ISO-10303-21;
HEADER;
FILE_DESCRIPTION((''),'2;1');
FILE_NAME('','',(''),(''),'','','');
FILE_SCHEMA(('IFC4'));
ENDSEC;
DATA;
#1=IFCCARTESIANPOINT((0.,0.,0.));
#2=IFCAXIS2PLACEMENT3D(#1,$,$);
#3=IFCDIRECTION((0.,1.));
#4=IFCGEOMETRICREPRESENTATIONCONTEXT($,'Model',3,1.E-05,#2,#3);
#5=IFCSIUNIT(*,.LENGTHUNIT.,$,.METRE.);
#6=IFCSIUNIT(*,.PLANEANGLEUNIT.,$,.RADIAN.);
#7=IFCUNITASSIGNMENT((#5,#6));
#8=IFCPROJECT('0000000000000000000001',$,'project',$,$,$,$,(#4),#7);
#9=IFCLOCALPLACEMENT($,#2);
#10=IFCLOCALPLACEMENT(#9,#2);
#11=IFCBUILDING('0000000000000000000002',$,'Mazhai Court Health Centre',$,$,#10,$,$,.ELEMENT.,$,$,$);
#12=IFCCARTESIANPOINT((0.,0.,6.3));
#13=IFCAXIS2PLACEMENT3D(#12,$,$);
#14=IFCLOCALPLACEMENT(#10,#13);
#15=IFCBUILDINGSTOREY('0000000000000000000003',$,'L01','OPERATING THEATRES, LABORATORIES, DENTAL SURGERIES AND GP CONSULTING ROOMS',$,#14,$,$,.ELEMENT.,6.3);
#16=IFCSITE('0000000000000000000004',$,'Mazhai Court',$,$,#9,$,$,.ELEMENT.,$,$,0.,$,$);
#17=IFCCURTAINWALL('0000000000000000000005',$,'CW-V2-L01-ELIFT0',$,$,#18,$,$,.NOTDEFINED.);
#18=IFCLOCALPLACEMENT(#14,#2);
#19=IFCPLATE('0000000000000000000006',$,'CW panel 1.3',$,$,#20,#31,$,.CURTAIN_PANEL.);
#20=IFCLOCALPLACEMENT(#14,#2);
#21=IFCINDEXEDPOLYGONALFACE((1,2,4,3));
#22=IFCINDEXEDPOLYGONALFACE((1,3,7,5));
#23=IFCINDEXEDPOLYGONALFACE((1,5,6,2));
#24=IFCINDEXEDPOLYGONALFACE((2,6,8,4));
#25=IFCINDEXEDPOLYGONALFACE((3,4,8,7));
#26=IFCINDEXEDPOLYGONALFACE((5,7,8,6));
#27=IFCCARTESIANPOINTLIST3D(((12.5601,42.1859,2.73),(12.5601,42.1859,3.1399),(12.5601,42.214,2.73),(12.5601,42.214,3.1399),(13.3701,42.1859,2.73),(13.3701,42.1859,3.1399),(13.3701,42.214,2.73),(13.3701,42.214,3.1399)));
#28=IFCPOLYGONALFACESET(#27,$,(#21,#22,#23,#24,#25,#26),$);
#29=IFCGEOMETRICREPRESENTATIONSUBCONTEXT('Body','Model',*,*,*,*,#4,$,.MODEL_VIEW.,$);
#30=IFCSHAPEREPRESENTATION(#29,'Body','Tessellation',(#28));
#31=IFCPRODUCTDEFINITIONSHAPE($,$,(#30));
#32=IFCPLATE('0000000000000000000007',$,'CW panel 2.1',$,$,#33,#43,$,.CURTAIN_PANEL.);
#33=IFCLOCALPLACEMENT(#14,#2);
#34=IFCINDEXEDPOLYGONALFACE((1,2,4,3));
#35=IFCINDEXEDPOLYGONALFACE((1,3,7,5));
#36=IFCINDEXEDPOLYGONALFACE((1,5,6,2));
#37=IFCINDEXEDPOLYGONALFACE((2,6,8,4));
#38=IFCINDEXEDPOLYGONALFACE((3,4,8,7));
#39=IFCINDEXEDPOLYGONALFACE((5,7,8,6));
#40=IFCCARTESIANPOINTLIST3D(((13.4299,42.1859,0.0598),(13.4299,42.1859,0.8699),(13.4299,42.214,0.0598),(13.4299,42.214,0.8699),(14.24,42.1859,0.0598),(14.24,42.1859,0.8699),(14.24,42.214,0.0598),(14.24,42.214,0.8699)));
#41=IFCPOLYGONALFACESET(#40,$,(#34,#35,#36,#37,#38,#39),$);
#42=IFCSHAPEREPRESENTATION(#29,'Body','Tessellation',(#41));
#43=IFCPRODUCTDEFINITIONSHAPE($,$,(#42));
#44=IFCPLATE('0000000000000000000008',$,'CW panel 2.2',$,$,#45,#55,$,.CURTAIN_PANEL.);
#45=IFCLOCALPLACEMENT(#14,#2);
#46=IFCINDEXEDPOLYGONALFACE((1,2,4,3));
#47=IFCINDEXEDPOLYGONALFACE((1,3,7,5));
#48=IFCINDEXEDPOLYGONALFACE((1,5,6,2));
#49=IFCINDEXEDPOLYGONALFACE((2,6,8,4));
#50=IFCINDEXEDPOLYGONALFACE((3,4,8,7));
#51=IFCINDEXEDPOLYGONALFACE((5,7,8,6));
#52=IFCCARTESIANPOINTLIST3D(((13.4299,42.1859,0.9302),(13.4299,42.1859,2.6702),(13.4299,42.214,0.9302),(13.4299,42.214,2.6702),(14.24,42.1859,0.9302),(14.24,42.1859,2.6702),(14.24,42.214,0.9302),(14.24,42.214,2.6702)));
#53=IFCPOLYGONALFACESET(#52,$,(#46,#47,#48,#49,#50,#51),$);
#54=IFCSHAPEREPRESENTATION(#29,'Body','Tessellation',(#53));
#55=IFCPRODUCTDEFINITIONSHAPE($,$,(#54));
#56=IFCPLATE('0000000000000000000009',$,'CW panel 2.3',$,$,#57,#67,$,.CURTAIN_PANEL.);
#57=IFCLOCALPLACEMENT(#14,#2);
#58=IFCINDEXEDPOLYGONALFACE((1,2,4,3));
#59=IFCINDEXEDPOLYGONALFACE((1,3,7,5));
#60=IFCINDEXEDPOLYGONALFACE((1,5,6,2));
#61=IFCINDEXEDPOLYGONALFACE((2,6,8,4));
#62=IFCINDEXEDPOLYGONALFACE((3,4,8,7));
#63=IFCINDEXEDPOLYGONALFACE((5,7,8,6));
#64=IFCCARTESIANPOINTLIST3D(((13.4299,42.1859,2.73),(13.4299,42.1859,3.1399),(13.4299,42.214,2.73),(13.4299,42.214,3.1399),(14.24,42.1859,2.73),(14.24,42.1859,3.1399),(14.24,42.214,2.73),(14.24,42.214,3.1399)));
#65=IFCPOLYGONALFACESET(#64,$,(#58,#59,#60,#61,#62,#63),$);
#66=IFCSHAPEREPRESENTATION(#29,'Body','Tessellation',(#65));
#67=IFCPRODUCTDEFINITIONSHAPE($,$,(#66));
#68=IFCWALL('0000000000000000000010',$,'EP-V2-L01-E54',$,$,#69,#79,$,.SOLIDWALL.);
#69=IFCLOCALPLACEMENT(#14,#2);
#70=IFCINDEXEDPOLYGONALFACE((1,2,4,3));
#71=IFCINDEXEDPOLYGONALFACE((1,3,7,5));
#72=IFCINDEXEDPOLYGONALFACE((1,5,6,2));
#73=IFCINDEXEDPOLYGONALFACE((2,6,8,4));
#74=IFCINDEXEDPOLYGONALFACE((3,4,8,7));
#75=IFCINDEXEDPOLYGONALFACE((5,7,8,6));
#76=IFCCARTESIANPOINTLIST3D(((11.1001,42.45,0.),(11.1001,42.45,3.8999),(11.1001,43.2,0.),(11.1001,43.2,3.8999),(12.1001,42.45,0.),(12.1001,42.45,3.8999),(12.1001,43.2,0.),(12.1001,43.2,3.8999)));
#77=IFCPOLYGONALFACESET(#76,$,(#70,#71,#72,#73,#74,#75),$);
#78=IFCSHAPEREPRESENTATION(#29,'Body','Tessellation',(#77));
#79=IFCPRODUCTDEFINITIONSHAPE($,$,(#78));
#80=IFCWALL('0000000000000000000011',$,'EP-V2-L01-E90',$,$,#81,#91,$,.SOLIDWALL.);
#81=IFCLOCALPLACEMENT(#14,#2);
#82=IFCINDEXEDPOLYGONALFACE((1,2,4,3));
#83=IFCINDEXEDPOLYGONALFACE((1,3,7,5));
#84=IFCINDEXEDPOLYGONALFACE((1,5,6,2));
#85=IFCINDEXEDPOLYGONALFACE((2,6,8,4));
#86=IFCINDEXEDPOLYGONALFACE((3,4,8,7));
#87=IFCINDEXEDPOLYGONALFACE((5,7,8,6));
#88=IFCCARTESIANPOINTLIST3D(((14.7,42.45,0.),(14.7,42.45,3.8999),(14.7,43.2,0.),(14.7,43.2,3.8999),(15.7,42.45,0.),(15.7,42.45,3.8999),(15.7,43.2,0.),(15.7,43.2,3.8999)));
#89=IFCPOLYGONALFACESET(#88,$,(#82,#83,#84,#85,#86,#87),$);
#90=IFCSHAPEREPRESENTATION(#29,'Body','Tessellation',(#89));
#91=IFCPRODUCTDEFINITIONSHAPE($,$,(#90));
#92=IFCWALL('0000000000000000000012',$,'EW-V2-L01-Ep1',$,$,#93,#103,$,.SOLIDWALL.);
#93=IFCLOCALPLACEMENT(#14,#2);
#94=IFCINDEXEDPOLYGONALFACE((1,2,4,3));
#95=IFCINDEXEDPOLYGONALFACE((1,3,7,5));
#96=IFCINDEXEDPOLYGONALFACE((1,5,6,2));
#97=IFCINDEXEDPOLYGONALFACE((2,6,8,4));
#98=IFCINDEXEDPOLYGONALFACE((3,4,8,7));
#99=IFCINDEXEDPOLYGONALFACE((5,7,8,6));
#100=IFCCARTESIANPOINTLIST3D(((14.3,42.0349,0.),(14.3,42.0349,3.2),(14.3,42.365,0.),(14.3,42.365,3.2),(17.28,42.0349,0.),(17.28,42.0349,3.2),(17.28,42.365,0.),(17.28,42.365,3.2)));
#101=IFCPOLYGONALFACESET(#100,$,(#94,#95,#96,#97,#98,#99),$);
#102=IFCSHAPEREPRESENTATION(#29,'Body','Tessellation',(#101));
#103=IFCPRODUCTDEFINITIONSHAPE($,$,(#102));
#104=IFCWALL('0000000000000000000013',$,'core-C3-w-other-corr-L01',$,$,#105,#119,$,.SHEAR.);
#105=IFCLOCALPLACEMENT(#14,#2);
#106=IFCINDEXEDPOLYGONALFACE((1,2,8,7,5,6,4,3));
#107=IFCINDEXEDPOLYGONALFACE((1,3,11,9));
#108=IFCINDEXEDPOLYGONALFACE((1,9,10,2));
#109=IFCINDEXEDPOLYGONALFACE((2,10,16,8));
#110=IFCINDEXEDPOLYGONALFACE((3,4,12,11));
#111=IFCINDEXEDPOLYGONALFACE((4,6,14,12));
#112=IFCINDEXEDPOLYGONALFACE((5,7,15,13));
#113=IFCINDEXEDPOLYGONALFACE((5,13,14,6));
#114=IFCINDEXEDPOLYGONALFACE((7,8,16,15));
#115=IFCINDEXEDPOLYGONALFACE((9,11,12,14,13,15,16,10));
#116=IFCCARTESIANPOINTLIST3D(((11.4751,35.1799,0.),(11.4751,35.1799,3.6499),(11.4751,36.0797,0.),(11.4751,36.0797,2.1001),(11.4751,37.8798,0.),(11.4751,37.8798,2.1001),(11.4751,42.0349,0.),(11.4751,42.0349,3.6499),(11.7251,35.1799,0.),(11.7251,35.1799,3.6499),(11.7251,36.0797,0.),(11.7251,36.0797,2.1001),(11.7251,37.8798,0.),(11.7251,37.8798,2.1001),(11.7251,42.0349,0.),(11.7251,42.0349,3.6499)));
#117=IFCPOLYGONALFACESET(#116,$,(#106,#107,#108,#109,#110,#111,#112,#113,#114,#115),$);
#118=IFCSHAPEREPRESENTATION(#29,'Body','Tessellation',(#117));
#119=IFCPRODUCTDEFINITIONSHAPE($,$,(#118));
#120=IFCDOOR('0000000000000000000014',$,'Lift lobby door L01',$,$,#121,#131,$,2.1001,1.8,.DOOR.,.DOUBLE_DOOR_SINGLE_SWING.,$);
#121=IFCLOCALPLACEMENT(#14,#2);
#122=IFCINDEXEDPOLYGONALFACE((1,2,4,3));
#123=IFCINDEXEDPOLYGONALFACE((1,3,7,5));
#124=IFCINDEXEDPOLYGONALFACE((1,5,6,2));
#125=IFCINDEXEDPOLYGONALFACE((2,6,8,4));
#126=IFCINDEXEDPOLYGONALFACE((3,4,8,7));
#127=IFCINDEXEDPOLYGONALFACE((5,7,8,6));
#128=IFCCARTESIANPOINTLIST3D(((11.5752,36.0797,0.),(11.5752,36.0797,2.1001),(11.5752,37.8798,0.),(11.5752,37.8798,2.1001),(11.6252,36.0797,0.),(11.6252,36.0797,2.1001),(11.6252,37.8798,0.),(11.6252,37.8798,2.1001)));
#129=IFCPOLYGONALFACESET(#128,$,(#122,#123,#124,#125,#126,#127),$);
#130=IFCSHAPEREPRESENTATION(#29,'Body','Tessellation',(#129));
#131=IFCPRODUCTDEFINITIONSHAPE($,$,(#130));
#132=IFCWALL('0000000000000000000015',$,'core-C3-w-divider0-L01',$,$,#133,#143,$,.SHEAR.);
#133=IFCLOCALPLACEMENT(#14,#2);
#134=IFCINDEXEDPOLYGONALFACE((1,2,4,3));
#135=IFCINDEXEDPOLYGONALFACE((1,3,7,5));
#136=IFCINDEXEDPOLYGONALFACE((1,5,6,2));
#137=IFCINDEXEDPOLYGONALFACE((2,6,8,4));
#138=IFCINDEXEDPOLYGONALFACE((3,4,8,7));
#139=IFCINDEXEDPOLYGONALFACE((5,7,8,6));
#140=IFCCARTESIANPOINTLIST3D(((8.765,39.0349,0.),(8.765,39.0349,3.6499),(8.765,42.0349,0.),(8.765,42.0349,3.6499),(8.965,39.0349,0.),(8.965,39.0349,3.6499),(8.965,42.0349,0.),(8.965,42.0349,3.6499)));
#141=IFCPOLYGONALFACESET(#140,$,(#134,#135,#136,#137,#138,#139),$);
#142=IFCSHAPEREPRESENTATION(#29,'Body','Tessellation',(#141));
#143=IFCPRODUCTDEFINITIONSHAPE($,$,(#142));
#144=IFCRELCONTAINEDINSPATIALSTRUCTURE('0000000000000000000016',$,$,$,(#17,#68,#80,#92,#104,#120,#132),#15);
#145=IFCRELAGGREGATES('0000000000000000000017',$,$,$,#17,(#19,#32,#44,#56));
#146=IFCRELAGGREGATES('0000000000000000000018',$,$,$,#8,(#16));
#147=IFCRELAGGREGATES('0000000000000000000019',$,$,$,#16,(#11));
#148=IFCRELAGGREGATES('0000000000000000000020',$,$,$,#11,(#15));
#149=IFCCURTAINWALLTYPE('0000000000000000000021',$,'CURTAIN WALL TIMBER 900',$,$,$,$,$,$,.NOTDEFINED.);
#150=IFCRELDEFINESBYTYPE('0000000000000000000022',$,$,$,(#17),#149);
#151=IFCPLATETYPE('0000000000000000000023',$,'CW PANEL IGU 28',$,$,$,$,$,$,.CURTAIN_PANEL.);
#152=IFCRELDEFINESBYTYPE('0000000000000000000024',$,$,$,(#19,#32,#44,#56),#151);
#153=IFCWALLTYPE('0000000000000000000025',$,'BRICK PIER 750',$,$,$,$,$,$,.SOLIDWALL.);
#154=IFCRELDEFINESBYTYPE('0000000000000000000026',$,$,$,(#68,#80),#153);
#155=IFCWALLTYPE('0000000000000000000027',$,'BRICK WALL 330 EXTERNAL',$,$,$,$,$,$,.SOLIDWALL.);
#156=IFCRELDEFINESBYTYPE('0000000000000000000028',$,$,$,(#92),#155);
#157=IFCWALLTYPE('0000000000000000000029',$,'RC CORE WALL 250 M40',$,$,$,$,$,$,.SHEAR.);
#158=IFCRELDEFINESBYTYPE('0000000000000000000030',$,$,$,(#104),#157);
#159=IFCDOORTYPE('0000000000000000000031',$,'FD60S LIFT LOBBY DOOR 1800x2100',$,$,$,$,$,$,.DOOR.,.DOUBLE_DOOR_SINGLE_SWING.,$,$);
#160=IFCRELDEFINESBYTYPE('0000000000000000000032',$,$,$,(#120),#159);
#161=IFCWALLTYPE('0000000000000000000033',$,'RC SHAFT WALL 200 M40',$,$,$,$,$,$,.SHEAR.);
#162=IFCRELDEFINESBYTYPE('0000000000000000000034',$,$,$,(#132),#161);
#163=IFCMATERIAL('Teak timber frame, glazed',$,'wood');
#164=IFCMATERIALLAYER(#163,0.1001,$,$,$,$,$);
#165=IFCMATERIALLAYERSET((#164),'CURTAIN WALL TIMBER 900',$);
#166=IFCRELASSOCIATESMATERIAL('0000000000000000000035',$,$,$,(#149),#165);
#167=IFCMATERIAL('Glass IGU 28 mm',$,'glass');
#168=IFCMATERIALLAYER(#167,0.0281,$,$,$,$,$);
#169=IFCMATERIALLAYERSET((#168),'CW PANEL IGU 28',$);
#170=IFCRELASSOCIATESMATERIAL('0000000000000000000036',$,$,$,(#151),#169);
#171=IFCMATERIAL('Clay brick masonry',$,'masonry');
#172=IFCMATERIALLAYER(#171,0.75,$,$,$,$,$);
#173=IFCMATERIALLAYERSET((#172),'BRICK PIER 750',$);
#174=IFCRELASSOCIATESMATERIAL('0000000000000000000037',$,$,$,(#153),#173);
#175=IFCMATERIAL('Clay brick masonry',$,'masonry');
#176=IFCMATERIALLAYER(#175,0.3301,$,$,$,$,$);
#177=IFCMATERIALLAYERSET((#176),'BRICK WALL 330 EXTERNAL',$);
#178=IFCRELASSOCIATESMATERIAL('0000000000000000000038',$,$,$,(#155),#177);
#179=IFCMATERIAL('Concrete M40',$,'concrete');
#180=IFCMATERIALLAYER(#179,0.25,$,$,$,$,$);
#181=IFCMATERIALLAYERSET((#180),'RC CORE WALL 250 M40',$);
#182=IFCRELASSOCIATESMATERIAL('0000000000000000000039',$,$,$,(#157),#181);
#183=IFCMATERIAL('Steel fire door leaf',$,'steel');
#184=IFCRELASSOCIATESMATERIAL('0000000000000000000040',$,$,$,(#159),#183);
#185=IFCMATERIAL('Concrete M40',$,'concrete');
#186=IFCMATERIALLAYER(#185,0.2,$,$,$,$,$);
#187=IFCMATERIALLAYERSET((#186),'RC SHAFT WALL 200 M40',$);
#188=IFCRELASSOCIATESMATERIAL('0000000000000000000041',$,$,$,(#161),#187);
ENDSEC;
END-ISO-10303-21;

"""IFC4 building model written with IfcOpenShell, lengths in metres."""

from ifc_helpers import new_model, si_unit, direction, frame, frame_2d, origin, origin_2d, place, context, subcontext, project, spatial, rectangle, extrude, material, layer, layer_set, type_object, element, fill, aggregate, save


model = new_model("IFC4")

# Units and contexts
model_context = context("Model", 3, precision=1e-05, world=origin(), true_north=direction((0.0, 1.0)))
body_context = subcontext(model_context, "Body", "Model", "MODEL_VIEW")
ifc_project = project(units=[si_unit("LENGTHUNIT", "METRE"), si_unit("PLANEANGLEUNIT", "RADIAN")], contexts=[model_context])

# Site, building, storey
site_placement = place(None, origin())
site = spatial("IfcSite", under=ifc_project, at=site_placement, Name="Mazhai Court", CompositionType="ELEMENT", RefElevation=0.0)
building_placement = place(site_placement, origin())
building = spatial("IfcBuilding", under=site, at=building_placement, Name="Mazhai Court Health Centre", CompositionType="ELEMENT")
storey_placement = place(building_placement, frame((0.0, 0.0, 6.3)))
storey = spatial("IfcBuildingStorey", under=building, at=storey_placement, Name="L01", Description="OPERATING THEATRES, LABORATORIES, DENTAL SURGERIES AND GP CONSULTING ROOMS", CompositionType="ELEMENT", Elevation=6.3)

# Curtain wall, plates
ifc_material_1 = material(Name="Teak timber frame, glazed", Category="wood")
ifc_layer_1 = layer(ifc_material_1, 0.1001)
ifc_layer_set_1 = layer_set([ifc_layer_1], Name="CURTAIN WALL TIMBER 900")
curtain_wall_type = type_object("IfcCurtainWallType", Name="CURTAIN WALL TIMBER 900", PredefinedType="NOTDEFINED", material=ifc_layer_set_1)
curtain_wall_placement = place(storey_placement, origin())
curtain_wall = element("IfcCurtainWall", 1, at=curtain_wall_placement, inside=storey, type_object=curtain_wall_type, Name="CW-V2-L01-ELIFT0", PredefinedType="NOTDEFINED")
ifc_material_2 = material(Name="Glass IGU 28 mm", Category="glass")
ifc_layer_2 = layer(ifc_material_2, 0.0281)
ifc_layer_set_2 = layer_set([ifc_layer_2], Name="CW PANEL IGU 28")
plate_type = type_object("IfcPlateType", Name="CW PANEL IGU 28", PredefinedType="CURTAIN_PANEL", material=ifc_layer_set_2)
plate_1_placement = place(storey_placement, frame((12.9651, 42.2, 2.73), z_axis=(0.0, 0.0, 1.0), x_axis=(1.0, 0.0, 0.0)))
plate_1 = element("IfcPlate", 2, at=plate_1_placement, type_object=plate_type, Name="CW panel 1.3", PredefinedType="CURTAIN_PANEL", context=body_context, shape_type="SweptSolid", body=[
    extrude(rectangle(XDim=0.8101, YDim=0.0281, at=origin_2d()), origin(), (0.0, 0.0, 1.0), 0.4099),
])
plate_2_placement = place(storey_placement, frame((13.835, 42.2, 0.0598), z_axis=(0.0, 0.0, 1.0), x_axis=(1.0, 0.0, 0.0)))
plate_2 = element("IfcPlate", 3, at=plate_2_placement, type_object=plate_type, Name="CW panel 2.1", PredefinedType="CURTAIN_PANEL", context=body_context, shape_type="SweptSolid", body=[
    extrude(rectangle(XDim=0.8101, YDim=0.0281, at=origin_2d()), origin(), (0.0, 0.0, 1.0), 0.8101),
])
plate_3_placement = place(storey_placement, frame((13.835, 42.2, 0.9302), z_axis=(0.0, 0.0, 1.0), x_axis=(1.0, 0.0, 0.0)))
plate_3 = element("IfcPlate", 4, at=plate_3_placement, type_object=plate_type, Name="CW panel 2.2", PredefinedType="CURTAIN_PANEL", context=body_context, shape_type="SweptSolid", body=[
    extrude(rectangle(XDim=0.8101, YDim=0.0281, at=origin_2d()), origin(), (0.0, 0.0, 1.0), 1.74),
])
plate_4_placement = place(storey_placement, frame((13.835, 42.2, 2.73), z_axis=(0.0, 0.0, 1.0), x_axis=(1.0, 0.0, 0.0)))
plate_4 = element("IfcPlate", 5, at=plate_4_placement, type_object=plate_type, Name="CW panel 2.3", PredefinedType="CURTAIN_PANEL", context=body_context, shape_type="SweptSolid", body=[
    extrude(rectangle(XDim=0.8101, YDim=0.0281, at=origin_2d()), origin(), (0.0, 0.0, 1.0), 0.4099),
])
aggregate(curtain_wall, [plate_1, plate_2, plate_3, plate_4])

# Walls
ifc_material_3 = material(Name="Clay brick masonry", Category="masonry")
ifc_layer_3 = layer(ifc_material_3, 0.75)
ifc_layer_set_3 = layer_set([ifc_layer_3], Name="BRICK PIER 750")
wall_type_1 = type_object("IfcWallType", Name="BRICK PIER 750", PredefinedType="SOLIDWALL", material=ifc_layer_set_3)
for number, where, z_axis, x_axis, name in (
    (6, (11.1001, 42.825, 0.0), (0.0, 0.0, 1.0), (1.0, 0.0, 0.0), "EP-V2-L01-E54"),
    (7, (14.7, 42.825, 0.0), (0.0, 0.0, 1.0), (1.0, 0.0, 0.0), "EP-V2-L01-E90"),
):
    element("IfcWall", number, at=place(storey_placement, frame(where, z_axis=z_axis, x_axis=x_axis)), inside=storey, type_object=wall_type_1, Name=name, PredefinedType="SOLIDWALL", context=body_context, shape_type="SweptSolid", body=[
        extrude(rectangle(XDim=1.0, YDim=0.75, at=frame_2d((0.5, 0.0))), origin(), (0.0, 0.0, 1.0), 3.8999),
    ])
ifc_material_4 = material(Name="Clay brick masonry", Category="masonry")
ifc_layer_4 = layer(ifc_material_4, 0.3301)
ifc_layer_set_4 = layer_set([ifc_layer_4], Name="BRICK WALL 330 EXTERNAL")
wall_type_2 = type_object("IfcWallType", Name="BRICK WALL 330 EXTERNAL", PredefinedType="SOLIDWALL", material=ifc_layer_set_4)
wall_1_placement = place(storey_placement, frame((14.3, 42.2, 0.0), z_axis=(0.0, 0.0, 1.0), x_axis=(1.0, 0.0, 0.0)))
element("IfcWall", 8, at=wall_1_placement, inside=storey, type_object=wall_type_2, Name="EW-V2-L01-Ep1", PredefinedType="SOLIDWALL", context=body_context, shape_type="SweptSolid", body=[
    extrude(rectangle(XDim=2.98, YDim=0.3301, at=frame_2d((1.49, 0.0))), origin(), (0.0, 0.0, 1.0), 3.2),
])

# Wall, opening, door
ifc_material_5 = material(Name="Concrete M40", Category="concrete")
ifc_layer_5 = layer(ifc_material_5, 0.25)
ifc_layer_set_5 = layer_set([ifc_layer_5], Name="RC CORE WALL 250 M40")
wall_type_3 = type_object("IfcWallType", Name="RC CORE WALL 250 M40", PredefinedType="SHEAR", material=ifc_layer_set_5)
wall_2_placement = place(storey_placement, frame((11.6001, 35.1799, 0.0), z_axis=(0.0, 0.0, 1.0), x_axis=(0.0, 1.0, 0.0)))
wall_2 = element("IfcWall", 9, at=wall_2_placement, inside=storey, type_object=wall_type_3, Name="core-C3-w-other-corr-L01", PredefinedType="SHEAR", context=body_context, shape_type="SweptSolid", body=[
    extrude(rectangle(XDim=6.855, YDim=0.25, at=frame_2d((3.4275, 0.0))), origin(), (0.0, 0.0, 1.0), 3.6499),
])
opening_placement = place(wall_2_placement, frame((0.8999, 0.0, 0.0)))
opening = element("IfcOpeningElement", 10, at=opening_placement, cuts=wall_2, PredefinedType="OPENING", context=body_context, shape_type="SweptSolid", body=[
    extrude(rectangle(XDim=1.8, YDim=2.1001, at=frame_2d((0.8999, 1.05))), frame((0.0, 0.135, 0.0), z_axis=(0.0, -1.0, 0.0), x_axis=(1.0, 0.0, 0.0)), (0.0, 0.0, 1.0), 0.27),
])
ifc_material_6 = material(Name="Steel fire door leaf", Category="steel")
door_type = type_object("IfcDoorType", Name="FD60S LIFT LOBBY DOOR 1800x2100", OperationType="DOUBLE_DOOR_SINGLE_SWING", PredefinedType="DOOR", material=ifc_material_6)
door_placement = place(opening_placement, origin())
door = element("IfcDoor", 11, at=door_placement, inside=storey, type_object=door_type, Name="Lift lobby door L01", OperationType="DOUBLE_DOOR_SINGLE_SWING", OverallHeight=2.1001, OverallWidth=1.8, PredefinedType="DOOR", context=body_context, shape_type="SweptSolid", body=[
    extrude(rectangle(XDim=1.8, YDim=2.1001, at=frame_2d((0.8999, 1.05))), frame((0.0, 0.0249, 0.0), z_axis=(0.0, -1.0, 0.0), x_axis=(1.0, 0.0, 0.0)), (0.0, 0.0, 1.0), 0.05),
])
fill(opening, door)

# Wall
ifc_material_7 = material(Name="Concrete M40", Category="concrete")
ifc_layer_6 = layer(ifc_material_7, 0.2)
ifc_layer_set_6 = layer_set([ifc_layer_6], Name="RC SHAFT WALL 200 M40")
wall_type_4 = type_object("IfcWallType", Name="RC SHAFT WALL 200 M40", PredefinedType="SHEAR", material=ifc_layer_set_6)
wall_3_placement = place(storey_placement, frame((8.865, 42.0349, 0.0), z_axis=(0.0, 0.0, 1.0), x_axis=(0.0, -1.0, 0.0)))
element("IfcWall", 12, at=wall_3_placement, inside=storey, type_object=wall_type_4, Name="core-C3-w-divider0-L01", PredefinedType="SHEAR", context=body_context, shape_type="SweptSolid", body=[
    extrude(rectangle(XDim=3.0, YDim=0.2, at=frame_2d((1.5, 0.0))), origin(), (0.0, 0.0, 1.0), 3.6499),
])

save(model, "model.ifc")
